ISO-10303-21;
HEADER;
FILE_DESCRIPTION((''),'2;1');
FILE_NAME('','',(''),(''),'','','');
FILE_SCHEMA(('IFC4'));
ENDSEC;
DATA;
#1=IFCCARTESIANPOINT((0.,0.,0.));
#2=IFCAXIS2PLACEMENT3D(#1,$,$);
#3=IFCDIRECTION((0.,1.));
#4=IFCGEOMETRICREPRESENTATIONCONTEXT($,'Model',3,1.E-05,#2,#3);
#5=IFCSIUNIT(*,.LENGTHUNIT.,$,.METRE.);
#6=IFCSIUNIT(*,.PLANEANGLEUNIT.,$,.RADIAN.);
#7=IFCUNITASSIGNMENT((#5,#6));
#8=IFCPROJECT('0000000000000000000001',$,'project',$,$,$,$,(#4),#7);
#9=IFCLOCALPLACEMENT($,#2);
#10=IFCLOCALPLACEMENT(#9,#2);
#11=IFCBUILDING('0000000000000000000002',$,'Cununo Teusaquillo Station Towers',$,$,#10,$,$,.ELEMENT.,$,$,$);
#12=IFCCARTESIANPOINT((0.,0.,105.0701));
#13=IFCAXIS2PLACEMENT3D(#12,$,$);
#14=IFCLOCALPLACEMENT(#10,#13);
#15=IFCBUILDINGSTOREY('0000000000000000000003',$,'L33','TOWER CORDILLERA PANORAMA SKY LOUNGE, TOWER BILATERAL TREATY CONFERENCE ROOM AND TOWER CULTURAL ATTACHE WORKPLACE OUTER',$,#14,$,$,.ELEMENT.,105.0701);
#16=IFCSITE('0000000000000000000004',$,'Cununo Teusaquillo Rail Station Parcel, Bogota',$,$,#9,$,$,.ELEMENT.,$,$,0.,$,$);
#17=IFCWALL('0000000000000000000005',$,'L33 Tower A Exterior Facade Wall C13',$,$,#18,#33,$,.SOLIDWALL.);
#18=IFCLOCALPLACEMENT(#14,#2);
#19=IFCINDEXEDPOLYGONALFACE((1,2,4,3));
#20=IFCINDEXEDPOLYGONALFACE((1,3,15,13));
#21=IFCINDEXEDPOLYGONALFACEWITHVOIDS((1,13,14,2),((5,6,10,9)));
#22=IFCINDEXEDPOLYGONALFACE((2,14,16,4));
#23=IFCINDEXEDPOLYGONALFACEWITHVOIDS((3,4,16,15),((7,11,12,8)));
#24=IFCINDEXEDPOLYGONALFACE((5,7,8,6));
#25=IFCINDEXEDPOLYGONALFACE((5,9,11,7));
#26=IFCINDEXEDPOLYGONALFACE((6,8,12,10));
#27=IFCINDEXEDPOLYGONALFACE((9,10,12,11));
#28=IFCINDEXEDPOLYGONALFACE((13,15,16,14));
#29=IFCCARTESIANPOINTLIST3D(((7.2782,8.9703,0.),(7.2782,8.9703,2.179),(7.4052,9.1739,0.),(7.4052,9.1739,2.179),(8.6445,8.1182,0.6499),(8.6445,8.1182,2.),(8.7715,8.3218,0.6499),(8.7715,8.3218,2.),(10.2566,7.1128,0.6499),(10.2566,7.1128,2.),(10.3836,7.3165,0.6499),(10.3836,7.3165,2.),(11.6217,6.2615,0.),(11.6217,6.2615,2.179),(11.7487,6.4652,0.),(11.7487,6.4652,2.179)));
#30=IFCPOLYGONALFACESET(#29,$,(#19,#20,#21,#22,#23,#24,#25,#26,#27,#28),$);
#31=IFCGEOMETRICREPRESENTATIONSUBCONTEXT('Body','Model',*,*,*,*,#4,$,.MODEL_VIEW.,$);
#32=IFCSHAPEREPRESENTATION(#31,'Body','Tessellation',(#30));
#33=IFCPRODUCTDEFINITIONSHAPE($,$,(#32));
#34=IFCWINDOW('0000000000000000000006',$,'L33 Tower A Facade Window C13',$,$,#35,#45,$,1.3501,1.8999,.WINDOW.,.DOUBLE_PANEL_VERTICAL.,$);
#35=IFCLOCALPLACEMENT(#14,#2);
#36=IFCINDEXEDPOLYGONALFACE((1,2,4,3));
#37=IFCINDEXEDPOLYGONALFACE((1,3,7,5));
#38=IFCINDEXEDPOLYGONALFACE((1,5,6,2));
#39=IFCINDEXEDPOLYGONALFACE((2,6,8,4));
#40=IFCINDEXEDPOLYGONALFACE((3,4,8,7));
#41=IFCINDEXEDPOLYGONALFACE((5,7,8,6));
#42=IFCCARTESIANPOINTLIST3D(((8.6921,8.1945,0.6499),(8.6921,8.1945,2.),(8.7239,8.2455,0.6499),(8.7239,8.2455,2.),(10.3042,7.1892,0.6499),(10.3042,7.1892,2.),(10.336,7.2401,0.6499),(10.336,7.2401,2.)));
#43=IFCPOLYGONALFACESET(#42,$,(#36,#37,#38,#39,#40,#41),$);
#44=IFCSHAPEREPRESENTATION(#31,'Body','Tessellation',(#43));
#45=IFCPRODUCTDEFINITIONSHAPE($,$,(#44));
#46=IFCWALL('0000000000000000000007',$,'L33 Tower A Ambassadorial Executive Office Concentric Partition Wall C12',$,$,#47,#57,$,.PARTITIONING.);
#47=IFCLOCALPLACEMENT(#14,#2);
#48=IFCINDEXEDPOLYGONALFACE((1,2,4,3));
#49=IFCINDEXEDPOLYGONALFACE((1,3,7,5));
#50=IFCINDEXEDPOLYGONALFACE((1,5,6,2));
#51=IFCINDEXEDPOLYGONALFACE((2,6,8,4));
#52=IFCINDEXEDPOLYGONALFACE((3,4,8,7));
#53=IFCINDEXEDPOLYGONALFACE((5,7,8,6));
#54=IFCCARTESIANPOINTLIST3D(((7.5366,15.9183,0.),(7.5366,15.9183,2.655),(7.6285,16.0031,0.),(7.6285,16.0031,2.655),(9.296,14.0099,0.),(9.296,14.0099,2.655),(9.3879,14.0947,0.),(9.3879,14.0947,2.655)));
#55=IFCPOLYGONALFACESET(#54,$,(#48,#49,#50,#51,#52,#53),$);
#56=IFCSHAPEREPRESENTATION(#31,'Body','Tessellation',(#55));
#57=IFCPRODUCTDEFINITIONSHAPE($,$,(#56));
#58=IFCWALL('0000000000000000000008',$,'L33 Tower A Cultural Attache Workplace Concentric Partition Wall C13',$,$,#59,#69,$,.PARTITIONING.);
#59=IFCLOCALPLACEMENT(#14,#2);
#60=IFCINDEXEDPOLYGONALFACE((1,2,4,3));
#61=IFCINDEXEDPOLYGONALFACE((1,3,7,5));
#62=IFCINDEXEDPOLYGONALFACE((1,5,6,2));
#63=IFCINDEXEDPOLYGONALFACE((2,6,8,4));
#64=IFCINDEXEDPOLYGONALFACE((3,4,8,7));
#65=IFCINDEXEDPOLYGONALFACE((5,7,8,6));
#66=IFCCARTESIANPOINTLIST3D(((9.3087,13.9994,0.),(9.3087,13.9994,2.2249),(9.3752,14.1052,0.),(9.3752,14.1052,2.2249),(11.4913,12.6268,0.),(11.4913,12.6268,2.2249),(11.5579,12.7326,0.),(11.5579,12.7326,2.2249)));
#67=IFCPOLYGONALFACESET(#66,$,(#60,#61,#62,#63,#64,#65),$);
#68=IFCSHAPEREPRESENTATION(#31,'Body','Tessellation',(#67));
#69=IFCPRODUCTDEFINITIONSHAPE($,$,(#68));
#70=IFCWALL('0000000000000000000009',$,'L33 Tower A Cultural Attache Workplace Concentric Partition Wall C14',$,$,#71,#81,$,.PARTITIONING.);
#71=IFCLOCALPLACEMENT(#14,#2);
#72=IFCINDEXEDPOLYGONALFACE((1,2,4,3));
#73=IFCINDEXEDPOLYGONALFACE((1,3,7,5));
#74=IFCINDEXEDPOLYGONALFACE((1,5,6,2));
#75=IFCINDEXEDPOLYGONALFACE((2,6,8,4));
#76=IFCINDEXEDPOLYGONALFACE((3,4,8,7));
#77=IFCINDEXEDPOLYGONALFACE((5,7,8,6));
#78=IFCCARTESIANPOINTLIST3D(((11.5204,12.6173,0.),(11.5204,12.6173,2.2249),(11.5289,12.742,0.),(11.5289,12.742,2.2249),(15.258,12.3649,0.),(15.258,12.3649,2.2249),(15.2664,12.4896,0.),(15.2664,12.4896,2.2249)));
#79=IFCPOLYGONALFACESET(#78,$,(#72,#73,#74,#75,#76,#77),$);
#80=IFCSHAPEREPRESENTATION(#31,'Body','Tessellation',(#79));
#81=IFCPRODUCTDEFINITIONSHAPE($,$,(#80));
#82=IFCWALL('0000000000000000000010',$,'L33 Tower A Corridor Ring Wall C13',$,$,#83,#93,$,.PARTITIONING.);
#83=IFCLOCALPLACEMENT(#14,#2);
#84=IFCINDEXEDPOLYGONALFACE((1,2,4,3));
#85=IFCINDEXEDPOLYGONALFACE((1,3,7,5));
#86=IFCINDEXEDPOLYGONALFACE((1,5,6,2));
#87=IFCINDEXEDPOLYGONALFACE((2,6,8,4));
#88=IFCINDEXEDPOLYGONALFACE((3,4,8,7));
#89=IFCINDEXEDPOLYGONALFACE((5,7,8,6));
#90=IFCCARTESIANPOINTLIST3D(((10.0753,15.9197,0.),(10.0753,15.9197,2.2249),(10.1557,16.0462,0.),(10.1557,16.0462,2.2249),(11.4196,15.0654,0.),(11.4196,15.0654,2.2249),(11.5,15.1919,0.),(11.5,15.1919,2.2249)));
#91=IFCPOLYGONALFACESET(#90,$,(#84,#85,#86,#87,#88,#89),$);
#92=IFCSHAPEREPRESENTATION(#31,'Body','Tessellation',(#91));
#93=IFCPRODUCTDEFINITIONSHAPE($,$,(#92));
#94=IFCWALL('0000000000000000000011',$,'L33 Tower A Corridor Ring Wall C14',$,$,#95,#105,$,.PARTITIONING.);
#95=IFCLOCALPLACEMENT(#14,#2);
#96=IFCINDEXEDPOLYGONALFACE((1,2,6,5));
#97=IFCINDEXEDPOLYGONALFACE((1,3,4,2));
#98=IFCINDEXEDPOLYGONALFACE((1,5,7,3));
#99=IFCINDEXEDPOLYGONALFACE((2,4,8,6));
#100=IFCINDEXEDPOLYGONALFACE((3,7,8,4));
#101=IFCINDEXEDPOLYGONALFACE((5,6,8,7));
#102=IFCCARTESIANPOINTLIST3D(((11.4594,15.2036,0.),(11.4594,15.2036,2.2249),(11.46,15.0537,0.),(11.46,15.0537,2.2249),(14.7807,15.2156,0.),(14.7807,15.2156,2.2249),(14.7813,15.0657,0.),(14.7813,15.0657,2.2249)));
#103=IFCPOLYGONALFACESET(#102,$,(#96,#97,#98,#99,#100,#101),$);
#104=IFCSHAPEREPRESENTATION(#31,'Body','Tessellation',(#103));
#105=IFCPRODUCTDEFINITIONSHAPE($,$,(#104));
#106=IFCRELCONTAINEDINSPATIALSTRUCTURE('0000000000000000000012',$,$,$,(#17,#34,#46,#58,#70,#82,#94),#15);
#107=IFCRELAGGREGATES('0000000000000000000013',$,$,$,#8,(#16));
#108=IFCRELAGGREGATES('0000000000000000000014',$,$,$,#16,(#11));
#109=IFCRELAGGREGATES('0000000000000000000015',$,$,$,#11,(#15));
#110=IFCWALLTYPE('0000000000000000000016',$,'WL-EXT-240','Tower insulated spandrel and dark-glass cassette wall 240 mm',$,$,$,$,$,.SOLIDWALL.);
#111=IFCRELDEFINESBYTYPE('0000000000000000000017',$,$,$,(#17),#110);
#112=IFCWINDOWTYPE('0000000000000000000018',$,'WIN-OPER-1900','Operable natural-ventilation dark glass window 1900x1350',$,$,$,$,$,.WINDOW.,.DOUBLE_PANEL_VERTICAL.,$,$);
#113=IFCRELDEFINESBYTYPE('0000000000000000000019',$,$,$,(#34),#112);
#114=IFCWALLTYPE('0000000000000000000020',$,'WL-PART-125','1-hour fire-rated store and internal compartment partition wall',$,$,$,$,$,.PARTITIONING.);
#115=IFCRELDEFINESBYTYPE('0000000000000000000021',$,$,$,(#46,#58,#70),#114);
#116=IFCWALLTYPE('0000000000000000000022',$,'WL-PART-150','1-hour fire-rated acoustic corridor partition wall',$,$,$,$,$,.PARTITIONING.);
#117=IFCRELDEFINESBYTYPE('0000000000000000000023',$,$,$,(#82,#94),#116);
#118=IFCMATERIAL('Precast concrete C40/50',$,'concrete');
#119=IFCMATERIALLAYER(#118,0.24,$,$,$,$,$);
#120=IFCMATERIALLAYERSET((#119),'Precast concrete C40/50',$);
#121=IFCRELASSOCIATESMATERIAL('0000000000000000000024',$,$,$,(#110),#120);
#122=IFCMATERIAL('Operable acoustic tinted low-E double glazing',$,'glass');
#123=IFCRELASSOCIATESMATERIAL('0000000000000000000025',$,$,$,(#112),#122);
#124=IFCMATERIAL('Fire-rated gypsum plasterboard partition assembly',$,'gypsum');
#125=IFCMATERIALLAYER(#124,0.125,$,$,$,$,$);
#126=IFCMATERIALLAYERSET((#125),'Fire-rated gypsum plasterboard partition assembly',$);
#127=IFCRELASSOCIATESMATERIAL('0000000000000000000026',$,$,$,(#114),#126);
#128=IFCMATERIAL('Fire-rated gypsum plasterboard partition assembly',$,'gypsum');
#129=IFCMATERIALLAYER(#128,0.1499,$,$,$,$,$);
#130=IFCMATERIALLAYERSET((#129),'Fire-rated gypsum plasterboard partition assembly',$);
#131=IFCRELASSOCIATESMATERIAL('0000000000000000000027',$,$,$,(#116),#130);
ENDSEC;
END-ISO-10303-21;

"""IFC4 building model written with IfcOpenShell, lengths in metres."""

from ifc_helpers import new_model, si_unit, direction, frame, frame_2d, origin, place, context, subcontext, project, spatial, rectangle, extrude, source, transform, mapped, material, layer, layer_set, type_object, element, fill, save


model = new_model("IFC4")

# Units and contexts
model_context = context("Model", 3, precision=1e-05, world=origin(), true_north=direction((0.0, 1.0)))
body_context = subcontext(model_context, "Body", "Model", "MODEL_VIEW")
ifc_project = project(units=[si_unit("LENGTHUNIT", "METRE"), si_unit("PLANEANGLEUNIT", "RADIAN")], contexts=[model_context])

# Site, building, storey
site_placement = place(None, origin())
site = spatial("IfcSite", under=ifc_project, at=site_placement, Name="Cununo Teusaquillo Rail Station Parcel, Bogota", CompositionType="ELEMENT", RefElevation=0.0)
building_placement = place(site_placement, origin())
building = spatial("IfcBuilding", under=site, at=building_placement, Name="Cununo Teusaquillo Station Towers", CompositionType="ELEMENT")
storey_placement = place(building_placement, frame((0.0, 0.0, 105.0701)))
storey = spatial("IfcBuildingStorey", under=building, at=storey_placement, Name="L33", Description="TOWER CORDILLERA PANORAMA SKY LOUNGE, TOWER BILATERAL TREATY CONFERENCE ROOM AND TOWER CULTURAL ATTACHE WORKPLACE OUTER", CompositionType="ELEMENT", Elevation=105.0701)

# Shared definitions
ifc_material_1 = material(Name="Precast concrete C40/50", Category="concrete")
ifc_layer_1 = layer(ifc_material_1, 0.24)
ifc_layer_set_1 = layer_set([ifc_layer_1], Name="Precast concrete C40/50")
wall_type_1 = type_object("IfcWallType", Name="WL-EXT-240", Description="Tower insulated spandrel and dark-glass cassette wall 240 mm", PredefinedType="SOLIDWALL", material=ifc_layer_set_1)
shared_shape_1 = source(origin(), body_context, "Body", "SweptSolid", [
    extrude(rectangle(XDim=1.8999, YDim=1.3501, at=frame_2d((0.95, 0.675))), frame((0.0, 0.1299, 0.0), z_axis=(0.0, -1.0, 0.0), x_axis=(1.0, 0.0, 0.0)), (0.0, 0.0, 1.0), 0.26),
])
ifc_material_2 = material(Name="Operable acoustic tinted low-E double glazing", Category="glass")
window_type = type_object("IfcWindowType", Name="WIN-OPER-1900", Description="Operable natural-ventilation dark glass window 1900x1350", PartitioningType="DOUBLE_PANEL_VERTICAL", PredefinedType="WINDOW", material=ifc_material_2)
shared_shape_2 = source(origin(), body_context, "Body", "SweptSolid", [
    extrude(rectangle(XDim=1.8999, YDim=1.3501, at=frame_2d((0.95, 0.675))), frame((0.0, 0.03, 0.0), z_axis=(0.0, -1.0, 0.0), x_axis=(1.0, 0.0, 0.0)), (0.0, 0.0, 1.0), 0.0601),
])

# Wall, opening, window
wall_1_placement = place(storey_placement, frame((11.6853, 6.3633, 0.0), z_axis=(0.0, 0.0, 1.0), x_axis=(-0.84852, 0.529163, 0.0)))
wall_1 = element("IfcWall", 1, at=wall_1_placement, inside=storey, type_object=wall_type_1, Name="L33 Tower A Exterior Facade Wall C13", PredefinedType="SOLIDWALL", context=body_context, shape_type="SweptSolid", body=[
    extrude(rectangle(XDim=5.1189, YDim=0.24, at=frame_2d((2.5596, 0.0))), origin(), (0.0, 0.0, 1.0), 2.179),
])
opening_1_placement = place(wall_1_placement, frame((1.6089, 0.0, 0.6499)))
opening_1 = element("IfcOpeningElement", 2, at=opening_1_placement, cuts=wall_1, PredefinedType="OPENING", context=body_context, shape_type="MappedRepresentation", body=[
    mapped(shared_shape_1, transform((0.0, 0.0, 0.0), x_axis=(1.0, 0.0, 0.0), y_axis=(0.0, 1.0, 0.0), z_axis=(0.0, 0.0, 1.0), scale=1.0)),
])
window_1_placement = place(opening_1_placement, origin())
window_1 = element("IfcWindow", 3, at=window_1_placement, inside=storey, type_object=window_type, Name="L33 Tower A Facade Window C13", OverallHeight=1.3501, OverallWidth=1.8999, PartitioningType="DOUBLE_PANEL_VERTICAL", PredefinedType="WINDOW", context=body_context, shape_type="MappedRepresentation", body=[
    mapped(shared_shape_2, transform((0.0, 0.0, 0.0), x_axis=(1.0, 0.0, 0.0), y_axis=(0.0, 1.0, 0.0), z_axis=(0.0, 0.0, 1.0), scale=1.0)),
])
fill(opening_1, window_1)

# Walls
ifc_material_3 = material(Name="Fire-rated gypsum plasterboard partition assembly", Category="gypsum")
ifc_layer_2 = layer(ifc_material_3, 0.125)
ifc_layer_set_2 = layer_set([ifc_layer_2], Name="Fire-rated gypsum plasterboard partition assembly")
wall_type_2 = type_object("IfcWallType", Name="WL-PART-125", Description="1-hour fire-rated store and internal compartment partition wall", PredefinedType="PARTITIONING", material=ifc_layer_set_2)
wall_2_placement = place(storey_placement, frame((7.5825, 15.9607, 0.0), z_axis=(0.0, 0.0, 1.0), x_axis=(0.677839, -0.735211, 0.0)))
element("IfcWall", 4, at=wall_2_placement, inside=storey, type_object=wall_type_2, Name="L33 Tower A Ambassadorial Executive Office Concentric Partition Wall C12", PredefinedType="PARTITIONING", context=body_context, shape_type="SweptSolid", body=[
    extrude(rectangle(XDim=2.5957, YDim=0.125, at=frame_2d((1.2979, 0.0))), origin(), (0.0, 0.0, 1.0), 2.655),
])
wall_3_placement = place(storey_placement, frame((9.342, 14.0522, 0.0), z_axis=(0.0, 0.0, 1.0), x_axis=(0.846527, -0.532346, 0.0)))
element("IfcWall", 5, at=wall_3_placement, inside=storey, type_object=wall_type_2, Name="L33 Tower A Cultural Attache Workplace Concentric Partition Wall C13", PredefinedType="PARTITIONING", context=body_context, shape_type="SweptSolid", body=[
    extrude(rectangle(XDim=2.5784, YDim=0.125, at=frame_2d((1.2891, 0.0))), origin(), (0.0, 0.0, 1.0), 2.2249),
])
wall_4_placement = place(storey_placement, frame((11.5247, 12.6797, 0.0), z_axis=(0.0, 0.0, 1.0), x_axis=(0.997727, -0.067388, 0.0)))
element("IfcWall", 6, at=wall_4_placement, inside=storey, type_object=wall_type_2, Name="L33 Tower A Cultural Attache Workplace Concentric Partition Wall C14", PredefinedType="PARTITIONING", context=body_context, shape_type="SweptSolid", body=[
    extrude(rectangle(XDim=3.7461, YDim=0.125, at=frame_2d((1.873, 0.0))), origin(), (0.0, 0.0, 1.0), 2.2249),
])
ifc_material_4 = material(Name="Fire-rated gypsum plasterboard partition assembly", Category="gypsum")
ifc_layer_3 = layer(ifc_material_4, 0.1499)
ifc_layer_set_3 = layer_set([ifc_layer_3], Name="Fire-rated gypsum plasterboard partition assembly")
wall_type_3 = type_object("IfcWallType", Name="WL-PART-150", Description="1-hour fire-rated acoustic corridor partition wall", PredefinedType="PARTITIONING", material=ifc_layer_set_3)
wall_5_placement = place(storey_placement, frame((10.1155, 15.9829, 0.0), z_axis=(0.0, 0.0, 1.0), x_axis=(0.843996, -0.53635, 0.0)))
element("IfcWall", 7, at=wall_5_placement, inside=storey, type_object=wall_type_3, Name="L33 Tower A Corridor Ring Wall C13", PredefinedType="PARTITIONING", context=body_context, shape_type="SweptSolid", body=[
    extrude(rectangle(XDim=1.5928, YDim=0.1499, at=frame_2d((0.7964, 0.0))), origin(), (0.0, 0.0, 1.0), 2.2249),
])
wall_6_placement = place(storey_placement, frame((11.4597, 15.1287, 0.0), z_axis=(0.0, 0.0, 1.0), x_axis=(0.999994, 0.003602, 0.0)))
element("IfcWall", 8, at=wall_6_placement, inside=storey, type_object=wall_type_3, Name="L33 Tower A Corridor Ring Wall C14", PredefinedType="PARTITIONING", context=body_context, shape_type="SweptSolid", body=[
    extrude(rectangle(XDim=3.3213, YDim=0.1499, at=frame_2d((1.6606, 0.0))), origin(), (0.0, 0.0, 1.0), 2.2249),
])

save(model, "model.ifc")
